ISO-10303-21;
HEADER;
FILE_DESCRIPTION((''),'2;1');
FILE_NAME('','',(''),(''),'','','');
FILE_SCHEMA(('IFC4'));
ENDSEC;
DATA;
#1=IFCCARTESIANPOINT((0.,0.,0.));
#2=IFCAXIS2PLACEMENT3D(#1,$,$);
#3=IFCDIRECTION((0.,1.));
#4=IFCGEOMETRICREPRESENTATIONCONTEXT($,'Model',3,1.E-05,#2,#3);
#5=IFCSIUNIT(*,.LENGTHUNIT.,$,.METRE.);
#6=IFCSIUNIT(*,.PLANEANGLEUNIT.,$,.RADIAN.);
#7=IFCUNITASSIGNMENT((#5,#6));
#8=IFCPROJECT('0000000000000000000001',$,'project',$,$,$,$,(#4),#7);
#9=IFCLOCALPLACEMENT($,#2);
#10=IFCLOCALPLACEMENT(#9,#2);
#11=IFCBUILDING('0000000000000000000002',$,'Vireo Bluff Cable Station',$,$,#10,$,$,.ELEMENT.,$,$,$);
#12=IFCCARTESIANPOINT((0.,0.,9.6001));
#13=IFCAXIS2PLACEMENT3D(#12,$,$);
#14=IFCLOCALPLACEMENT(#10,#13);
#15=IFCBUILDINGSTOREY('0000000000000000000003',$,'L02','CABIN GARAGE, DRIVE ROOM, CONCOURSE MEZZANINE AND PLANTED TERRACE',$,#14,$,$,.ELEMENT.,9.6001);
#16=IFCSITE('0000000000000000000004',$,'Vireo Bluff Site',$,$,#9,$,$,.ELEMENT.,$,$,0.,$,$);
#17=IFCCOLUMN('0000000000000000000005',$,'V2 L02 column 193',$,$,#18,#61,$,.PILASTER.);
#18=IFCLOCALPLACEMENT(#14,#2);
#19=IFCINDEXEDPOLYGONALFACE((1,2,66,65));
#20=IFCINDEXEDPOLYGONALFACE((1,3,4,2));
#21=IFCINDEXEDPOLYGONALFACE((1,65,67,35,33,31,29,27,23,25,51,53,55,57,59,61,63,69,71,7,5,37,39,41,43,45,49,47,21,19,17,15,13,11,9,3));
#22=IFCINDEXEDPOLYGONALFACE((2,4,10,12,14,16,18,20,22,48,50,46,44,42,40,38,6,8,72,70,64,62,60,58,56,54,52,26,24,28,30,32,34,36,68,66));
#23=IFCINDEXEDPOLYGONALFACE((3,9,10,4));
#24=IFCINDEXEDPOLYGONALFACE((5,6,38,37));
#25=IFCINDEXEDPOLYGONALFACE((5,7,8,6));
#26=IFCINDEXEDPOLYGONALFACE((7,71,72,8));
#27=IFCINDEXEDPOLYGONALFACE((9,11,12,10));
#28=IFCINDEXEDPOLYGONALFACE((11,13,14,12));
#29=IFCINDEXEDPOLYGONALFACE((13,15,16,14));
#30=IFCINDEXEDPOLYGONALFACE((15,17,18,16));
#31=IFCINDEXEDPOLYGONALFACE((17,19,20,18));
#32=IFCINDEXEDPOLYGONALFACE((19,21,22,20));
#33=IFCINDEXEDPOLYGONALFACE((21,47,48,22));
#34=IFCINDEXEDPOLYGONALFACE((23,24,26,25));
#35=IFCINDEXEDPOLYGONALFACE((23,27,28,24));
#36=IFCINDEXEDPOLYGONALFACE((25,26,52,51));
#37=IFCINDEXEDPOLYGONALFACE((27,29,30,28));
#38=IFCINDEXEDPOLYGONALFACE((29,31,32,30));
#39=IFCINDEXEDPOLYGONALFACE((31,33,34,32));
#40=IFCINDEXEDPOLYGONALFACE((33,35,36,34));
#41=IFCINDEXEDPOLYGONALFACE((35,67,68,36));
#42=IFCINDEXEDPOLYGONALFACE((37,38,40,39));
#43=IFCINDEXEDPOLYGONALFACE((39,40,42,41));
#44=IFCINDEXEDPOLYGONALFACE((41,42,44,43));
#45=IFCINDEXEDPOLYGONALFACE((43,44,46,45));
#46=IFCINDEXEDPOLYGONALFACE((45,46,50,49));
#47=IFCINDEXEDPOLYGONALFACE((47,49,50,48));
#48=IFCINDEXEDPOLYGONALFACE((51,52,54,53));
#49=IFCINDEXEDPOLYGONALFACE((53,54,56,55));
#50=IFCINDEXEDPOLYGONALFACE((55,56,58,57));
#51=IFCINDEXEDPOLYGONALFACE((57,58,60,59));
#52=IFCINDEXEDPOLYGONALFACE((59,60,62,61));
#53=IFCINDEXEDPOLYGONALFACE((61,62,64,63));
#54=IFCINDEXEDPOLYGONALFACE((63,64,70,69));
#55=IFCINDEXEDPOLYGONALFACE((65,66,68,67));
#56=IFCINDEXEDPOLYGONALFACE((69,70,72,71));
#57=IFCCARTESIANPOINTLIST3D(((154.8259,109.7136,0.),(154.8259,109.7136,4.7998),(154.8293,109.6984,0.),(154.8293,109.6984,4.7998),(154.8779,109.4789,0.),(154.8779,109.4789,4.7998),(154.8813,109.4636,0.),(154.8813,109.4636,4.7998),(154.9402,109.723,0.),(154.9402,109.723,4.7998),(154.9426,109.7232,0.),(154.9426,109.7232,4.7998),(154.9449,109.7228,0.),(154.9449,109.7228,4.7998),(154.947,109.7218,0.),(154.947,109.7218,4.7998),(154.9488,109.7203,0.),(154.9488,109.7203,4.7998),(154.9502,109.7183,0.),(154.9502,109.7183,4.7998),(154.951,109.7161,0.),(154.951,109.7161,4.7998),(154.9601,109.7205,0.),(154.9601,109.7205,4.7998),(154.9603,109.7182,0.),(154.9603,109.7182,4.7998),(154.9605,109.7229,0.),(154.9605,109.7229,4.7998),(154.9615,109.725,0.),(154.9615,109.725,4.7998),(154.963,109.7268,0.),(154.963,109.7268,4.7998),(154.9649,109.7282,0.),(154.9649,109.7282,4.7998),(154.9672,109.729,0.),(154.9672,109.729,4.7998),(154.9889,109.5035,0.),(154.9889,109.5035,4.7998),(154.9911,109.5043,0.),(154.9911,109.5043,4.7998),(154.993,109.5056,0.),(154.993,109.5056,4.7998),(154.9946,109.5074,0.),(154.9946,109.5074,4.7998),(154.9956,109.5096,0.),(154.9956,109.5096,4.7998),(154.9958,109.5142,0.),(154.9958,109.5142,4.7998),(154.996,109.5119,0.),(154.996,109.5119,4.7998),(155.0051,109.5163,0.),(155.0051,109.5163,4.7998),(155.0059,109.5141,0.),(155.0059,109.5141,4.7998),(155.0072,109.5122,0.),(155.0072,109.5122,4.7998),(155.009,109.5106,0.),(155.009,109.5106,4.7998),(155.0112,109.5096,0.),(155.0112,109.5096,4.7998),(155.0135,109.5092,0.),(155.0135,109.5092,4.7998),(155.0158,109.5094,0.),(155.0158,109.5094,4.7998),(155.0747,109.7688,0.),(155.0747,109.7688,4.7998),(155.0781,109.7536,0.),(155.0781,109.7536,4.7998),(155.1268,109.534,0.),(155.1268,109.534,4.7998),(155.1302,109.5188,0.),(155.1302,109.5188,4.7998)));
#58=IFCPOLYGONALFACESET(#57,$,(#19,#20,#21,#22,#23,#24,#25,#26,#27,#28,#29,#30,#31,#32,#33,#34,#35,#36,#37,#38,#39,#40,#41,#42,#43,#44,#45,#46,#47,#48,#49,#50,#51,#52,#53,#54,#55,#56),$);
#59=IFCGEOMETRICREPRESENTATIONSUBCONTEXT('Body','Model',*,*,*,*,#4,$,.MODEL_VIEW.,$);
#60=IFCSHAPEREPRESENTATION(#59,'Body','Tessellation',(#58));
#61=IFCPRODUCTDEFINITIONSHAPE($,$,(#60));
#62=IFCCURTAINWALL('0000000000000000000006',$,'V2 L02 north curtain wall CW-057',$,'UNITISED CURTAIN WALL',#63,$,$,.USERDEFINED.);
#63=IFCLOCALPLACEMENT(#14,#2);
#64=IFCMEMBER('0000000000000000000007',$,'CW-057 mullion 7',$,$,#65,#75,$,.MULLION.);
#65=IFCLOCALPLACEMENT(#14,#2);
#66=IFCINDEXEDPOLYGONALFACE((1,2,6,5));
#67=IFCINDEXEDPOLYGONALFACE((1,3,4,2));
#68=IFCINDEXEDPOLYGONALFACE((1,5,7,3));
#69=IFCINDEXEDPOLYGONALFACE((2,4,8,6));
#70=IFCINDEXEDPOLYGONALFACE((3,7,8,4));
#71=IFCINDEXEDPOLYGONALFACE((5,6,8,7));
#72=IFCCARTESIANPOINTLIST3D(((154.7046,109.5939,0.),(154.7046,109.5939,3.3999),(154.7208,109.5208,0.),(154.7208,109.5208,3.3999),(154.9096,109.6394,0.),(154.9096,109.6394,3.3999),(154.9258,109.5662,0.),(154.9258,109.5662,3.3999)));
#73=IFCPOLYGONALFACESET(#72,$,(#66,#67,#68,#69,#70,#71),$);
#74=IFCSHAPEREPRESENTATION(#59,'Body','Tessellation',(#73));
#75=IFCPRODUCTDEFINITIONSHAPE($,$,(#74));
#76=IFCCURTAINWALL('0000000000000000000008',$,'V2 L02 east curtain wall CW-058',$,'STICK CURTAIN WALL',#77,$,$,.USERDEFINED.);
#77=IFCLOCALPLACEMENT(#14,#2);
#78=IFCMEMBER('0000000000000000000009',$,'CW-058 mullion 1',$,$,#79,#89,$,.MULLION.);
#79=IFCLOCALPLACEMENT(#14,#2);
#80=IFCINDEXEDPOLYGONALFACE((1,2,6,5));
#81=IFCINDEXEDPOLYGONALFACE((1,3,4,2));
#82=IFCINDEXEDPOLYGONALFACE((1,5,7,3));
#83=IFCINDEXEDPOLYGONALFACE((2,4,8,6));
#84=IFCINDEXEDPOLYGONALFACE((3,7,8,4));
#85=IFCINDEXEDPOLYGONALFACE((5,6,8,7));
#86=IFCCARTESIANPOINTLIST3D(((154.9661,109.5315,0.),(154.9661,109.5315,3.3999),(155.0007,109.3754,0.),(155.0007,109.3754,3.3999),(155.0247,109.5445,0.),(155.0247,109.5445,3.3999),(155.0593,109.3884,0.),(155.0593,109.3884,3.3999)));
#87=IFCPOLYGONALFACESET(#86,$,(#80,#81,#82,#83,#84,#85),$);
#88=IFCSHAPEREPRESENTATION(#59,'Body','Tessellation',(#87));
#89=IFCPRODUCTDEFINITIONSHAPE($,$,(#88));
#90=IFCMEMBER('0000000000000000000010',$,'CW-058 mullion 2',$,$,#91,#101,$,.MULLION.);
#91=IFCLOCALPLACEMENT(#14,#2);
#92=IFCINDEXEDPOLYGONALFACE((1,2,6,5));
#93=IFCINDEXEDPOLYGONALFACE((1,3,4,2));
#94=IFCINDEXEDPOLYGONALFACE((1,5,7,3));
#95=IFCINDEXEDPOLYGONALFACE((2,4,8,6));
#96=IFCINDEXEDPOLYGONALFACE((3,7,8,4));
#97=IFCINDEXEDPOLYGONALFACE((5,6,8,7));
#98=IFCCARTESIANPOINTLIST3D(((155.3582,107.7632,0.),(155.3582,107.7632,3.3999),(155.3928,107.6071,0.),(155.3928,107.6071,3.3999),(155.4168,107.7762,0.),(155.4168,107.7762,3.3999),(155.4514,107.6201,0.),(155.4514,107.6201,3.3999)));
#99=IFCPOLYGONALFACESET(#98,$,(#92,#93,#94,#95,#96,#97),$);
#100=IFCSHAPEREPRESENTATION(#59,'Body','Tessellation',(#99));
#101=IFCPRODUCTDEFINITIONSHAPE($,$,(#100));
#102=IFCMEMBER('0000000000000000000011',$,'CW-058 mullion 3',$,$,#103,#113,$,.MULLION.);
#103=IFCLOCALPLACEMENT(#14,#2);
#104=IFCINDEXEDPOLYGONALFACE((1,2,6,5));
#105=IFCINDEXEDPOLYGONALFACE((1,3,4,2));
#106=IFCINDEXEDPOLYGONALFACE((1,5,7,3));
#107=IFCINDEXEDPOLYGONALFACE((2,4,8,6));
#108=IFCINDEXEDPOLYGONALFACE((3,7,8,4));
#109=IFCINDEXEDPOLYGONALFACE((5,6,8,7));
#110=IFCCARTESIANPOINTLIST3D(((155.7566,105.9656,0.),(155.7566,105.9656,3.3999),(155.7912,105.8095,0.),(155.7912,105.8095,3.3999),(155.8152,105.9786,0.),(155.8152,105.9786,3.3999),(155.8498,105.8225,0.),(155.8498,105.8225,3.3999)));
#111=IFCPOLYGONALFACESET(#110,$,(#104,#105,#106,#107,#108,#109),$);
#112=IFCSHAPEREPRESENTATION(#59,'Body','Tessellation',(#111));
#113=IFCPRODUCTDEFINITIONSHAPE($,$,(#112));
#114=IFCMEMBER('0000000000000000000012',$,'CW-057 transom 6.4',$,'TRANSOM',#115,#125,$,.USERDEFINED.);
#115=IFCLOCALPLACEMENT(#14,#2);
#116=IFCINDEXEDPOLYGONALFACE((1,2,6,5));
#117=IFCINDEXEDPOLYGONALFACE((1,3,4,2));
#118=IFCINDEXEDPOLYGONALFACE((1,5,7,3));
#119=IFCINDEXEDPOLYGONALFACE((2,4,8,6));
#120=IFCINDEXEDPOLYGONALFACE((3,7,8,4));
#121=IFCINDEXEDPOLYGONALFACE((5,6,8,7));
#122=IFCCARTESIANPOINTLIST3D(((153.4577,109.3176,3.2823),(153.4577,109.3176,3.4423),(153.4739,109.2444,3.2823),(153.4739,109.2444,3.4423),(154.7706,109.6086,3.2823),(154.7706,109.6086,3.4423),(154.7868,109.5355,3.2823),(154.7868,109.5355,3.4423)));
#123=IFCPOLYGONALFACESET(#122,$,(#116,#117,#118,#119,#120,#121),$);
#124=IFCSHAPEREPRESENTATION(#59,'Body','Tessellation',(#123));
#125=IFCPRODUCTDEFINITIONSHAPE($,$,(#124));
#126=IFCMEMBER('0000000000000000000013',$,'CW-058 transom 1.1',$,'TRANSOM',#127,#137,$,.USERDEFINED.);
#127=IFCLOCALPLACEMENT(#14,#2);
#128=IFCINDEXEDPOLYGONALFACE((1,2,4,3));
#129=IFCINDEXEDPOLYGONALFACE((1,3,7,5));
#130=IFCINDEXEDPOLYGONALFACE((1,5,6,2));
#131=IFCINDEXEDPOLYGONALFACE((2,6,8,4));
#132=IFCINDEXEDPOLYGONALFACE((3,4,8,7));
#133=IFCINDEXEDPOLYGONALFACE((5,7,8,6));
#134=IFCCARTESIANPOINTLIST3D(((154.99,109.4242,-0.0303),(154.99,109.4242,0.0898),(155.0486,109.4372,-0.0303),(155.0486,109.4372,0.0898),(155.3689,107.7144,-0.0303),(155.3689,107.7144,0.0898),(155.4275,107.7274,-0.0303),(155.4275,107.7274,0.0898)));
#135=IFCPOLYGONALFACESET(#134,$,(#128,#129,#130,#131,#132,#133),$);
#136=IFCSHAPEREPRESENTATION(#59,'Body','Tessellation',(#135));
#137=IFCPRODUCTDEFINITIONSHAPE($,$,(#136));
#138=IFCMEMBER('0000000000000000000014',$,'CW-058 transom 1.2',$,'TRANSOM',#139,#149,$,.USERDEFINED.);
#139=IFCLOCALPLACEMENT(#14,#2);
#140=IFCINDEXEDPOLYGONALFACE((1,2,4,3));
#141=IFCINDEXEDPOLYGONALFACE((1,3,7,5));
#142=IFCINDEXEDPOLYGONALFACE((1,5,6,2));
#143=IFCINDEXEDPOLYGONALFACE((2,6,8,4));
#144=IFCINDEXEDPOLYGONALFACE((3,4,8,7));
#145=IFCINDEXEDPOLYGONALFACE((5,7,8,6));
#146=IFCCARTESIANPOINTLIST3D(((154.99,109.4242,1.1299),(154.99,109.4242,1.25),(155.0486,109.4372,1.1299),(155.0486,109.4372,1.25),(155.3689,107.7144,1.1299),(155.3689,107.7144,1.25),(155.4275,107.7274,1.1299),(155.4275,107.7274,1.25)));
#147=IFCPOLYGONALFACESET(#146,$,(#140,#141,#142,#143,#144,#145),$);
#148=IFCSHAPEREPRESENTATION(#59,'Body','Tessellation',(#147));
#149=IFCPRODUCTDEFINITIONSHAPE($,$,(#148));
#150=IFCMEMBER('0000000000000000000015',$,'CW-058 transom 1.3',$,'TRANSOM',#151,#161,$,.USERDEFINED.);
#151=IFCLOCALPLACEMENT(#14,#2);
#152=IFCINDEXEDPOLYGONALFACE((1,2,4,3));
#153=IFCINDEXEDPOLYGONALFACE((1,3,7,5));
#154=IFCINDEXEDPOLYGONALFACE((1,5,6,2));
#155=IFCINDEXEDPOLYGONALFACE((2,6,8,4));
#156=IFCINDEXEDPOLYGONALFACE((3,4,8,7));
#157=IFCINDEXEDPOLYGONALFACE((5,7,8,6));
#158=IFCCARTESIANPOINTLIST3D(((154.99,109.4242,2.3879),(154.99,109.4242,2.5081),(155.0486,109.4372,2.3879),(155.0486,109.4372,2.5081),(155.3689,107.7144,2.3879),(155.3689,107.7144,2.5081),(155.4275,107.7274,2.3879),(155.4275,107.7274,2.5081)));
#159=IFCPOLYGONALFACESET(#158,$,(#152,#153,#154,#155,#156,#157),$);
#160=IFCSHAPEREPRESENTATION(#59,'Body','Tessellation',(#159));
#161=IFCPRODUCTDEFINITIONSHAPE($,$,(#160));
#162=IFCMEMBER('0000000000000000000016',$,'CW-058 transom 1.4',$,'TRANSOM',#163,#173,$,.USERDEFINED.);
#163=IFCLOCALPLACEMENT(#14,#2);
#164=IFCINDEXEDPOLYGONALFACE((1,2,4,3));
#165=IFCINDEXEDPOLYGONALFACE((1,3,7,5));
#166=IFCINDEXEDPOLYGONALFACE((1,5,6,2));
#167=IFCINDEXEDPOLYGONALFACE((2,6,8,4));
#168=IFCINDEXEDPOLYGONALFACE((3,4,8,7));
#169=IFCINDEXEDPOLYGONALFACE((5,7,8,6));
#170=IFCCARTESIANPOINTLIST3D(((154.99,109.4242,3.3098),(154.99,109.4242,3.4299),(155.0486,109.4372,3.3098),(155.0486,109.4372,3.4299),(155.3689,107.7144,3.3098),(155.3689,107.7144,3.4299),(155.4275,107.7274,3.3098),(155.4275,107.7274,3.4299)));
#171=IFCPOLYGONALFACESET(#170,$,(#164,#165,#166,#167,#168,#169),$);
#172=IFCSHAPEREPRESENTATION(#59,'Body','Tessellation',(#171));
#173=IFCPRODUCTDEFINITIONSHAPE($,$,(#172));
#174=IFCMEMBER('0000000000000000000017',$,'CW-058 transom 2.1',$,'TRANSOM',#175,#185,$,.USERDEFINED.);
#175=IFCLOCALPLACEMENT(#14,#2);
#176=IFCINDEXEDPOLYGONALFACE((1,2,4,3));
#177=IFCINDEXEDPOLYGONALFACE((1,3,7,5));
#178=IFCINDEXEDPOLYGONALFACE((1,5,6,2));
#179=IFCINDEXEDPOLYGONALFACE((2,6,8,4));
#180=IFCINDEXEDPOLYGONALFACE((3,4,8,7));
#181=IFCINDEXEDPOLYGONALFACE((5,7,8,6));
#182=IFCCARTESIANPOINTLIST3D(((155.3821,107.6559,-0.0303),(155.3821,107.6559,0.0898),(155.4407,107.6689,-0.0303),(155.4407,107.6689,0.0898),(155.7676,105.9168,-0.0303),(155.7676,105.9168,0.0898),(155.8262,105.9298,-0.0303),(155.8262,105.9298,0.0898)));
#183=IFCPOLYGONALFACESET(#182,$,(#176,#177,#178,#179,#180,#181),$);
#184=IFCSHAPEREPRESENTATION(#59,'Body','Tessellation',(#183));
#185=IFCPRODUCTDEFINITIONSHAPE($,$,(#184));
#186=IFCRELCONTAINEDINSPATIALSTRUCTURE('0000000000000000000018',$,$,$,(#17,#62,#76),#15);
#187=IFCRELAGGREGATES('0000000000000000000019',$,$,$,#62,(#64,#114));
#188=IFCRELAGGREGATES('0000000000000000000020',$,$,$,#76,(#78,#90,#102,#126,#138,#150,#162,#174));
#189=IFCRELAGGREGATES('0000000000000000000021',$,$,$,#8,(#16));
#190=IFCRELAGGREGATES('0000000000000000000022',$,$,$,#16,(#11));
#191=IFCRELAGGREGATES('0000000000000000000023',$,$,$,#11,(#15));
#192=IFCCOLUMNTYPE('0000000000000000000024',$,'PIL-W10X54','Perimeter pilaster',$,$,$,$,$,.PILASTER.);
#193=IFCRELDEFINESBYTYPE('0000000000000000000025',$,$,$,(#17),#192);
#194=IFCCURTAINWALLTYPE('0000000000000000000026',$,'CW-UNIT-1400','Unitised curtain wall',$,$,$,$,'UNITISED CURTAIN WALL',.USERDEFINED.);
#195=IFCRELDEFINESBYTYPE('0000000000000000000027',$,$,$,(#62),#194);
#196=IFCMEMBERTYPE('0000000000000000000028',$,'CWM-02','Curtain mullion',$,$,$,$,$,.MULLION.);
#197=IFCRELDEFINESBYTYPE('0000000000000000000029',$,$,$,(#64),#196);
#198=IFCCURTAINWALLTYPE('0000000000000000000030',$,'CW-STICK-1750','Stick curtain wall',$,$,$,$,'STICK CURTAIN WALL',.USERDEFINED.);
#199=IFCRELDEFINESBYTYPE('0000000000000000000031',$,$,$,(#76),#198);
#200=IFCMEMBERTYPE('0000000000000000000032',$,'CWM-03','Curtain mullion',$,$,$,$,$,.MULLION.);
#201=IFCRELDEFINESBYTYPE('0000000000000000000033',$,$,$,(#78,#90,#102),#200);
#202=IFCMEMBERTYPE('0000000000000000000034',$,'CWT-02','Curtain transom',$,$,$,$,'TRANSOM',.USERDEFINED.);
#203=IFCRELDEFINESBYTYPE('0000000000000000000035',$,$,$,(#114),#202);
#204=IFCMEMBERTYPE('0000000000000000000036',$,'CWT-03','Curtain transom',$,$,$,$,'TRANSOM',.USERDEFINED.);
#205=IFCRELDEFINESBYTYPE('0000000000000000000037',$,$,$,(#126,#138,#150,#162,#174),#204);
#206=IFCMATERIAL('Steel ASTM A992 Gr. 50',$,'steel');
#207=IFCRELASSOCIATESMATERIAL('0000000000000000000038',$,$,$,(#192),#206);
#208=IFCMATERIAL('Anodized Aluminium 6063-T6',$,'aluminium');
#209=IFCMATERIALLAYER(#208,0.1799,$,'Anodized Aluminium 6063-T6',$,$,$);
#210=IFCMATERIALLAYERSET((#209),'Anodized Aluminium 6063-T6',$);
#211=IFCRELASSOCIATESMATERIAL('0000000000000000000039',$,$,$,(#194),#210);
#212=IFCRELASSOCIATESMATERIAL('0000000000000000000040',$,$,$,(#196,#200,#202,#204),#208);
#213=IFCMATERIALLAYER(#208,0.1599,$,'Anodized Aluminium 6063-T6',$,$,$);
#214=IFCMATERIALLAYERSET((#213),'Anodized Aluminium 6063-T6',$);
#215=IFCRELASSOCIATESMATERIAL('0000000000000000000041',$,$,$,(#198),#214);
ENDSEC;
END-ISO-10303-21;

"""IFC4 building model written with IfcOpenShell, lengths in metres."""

from ifc_helpers import new_model, si_unit, direction, frame, origin, origin_2d, place, context, subcontext, project, spatial, rectangle, i_section, extrude, material, layer, layer_set, material_profile, profile_set, type_object, element, aggregate, save


model = new_model("IFC4")

# Units and contexts
model_context = context("Model", 3, precision=1e-05, world=origin(), true_north=direction((0.0, 1.0)))
body_context = subcontext(model_context, "Body", "Model", "MODEL_VIEW")
ifc_project = project(units=[si_unit("LENGTHUNIT", "METRE"), si_unit("PLANEANGLEUNIT", "RADIAN")], contexts=[model_context])

# Site, building, storey
site_placement = place(None, origin())
site = spatial("IfcSite", under=ifc_project, at=site_placement, Name="Vireo Bluff Site", CompositionType="ELEMENT", RefElevation=0.0)
building_placement = place(site_placement, origin())
building = spatial("IfcBuilding", under=site, at=building_placement, Name="Vireo Bluff Cable Station", CompositionType="ELEMENT")
storey_placement = place(building_placement, frame((0.0, 0.0, 9.6001)))
storey = spatial("IfcBuildingStorey", under=building, at=storey_placement, Name="L02", Description="CABIN GARAGE, DRIVE ROOM, CONCOURSE MEZZANINE AND PLANTED TERRACE", CompositionType="ELEMENT", Elevation=9.6001)

# Column
ifc_material_1 = material(Name="Steel ASTM A992 Gr. 50", Category="steel")
ifc_material_profile_1 = material_profile(ifc_material_1, i_section(OverallWidth=0.2549, OverallDepth=0.2561, WebThickness=0.0095, FlangeThickness=0.0156, FilletRadius=0.009, at=origin_2d()), Name="W10X54")
ifc_profile_set_1 = profile_set([ifc_material_profile_1], Name="Steel ASTM A992 Gr. 50")
column_type = type_object("IfcColumnType", Name="PIL-W10X54", Description="Perimeter pilaster", PredefinedType="PILASTER", material=ifc_profile_set_1)
column_placement = place(storey_placement, frame((154.978, 109.6162, 0.0), z_axis=(0.0, 0.0, 1.0), x_axis=(0.976296, 0.21644, 0.0)))
element("IfcColumn", 1, at=column_placement, inside=storey, type_object=column_type, Name="V2 L02 column 193", PredefinedType="PILASTER", context=body_context, shape_type="SweptSolid", body=[
    extrude(i_section(OverallWidth=0.2549, OverallDepth=0.2561, WebThickness=0.0095, FlangeThickness=0.0156, FilletRadius=0.009, at=origin_2d()), origin(), (0.0, 0.0, 1.0), 4.7998),
])

# Curtain wall, member
ifc_material_2 = material(Name="Anodized Aluminium 6063-T6", Category="aluminium")
ifc_layer_1 = layer(ifc_material_2, 0.1799, Name="Anodized Aluminium 6063-T6")
ifc_layer_set_1 = layer_set([ifc_layer_1], Name="Anodized Aluminium 6063-T6")
curtain_wall_type_1 = type_object("IfcCurtainWallType", Name="CW-UNIT-1400", Description="Unitised curtain wall", ElementType="UNITISED CURTAIN WALL", PredefinedType="USERDEFINED", material=ifc_layer_set_1)
curtain_wall_1_placement = place(storey_placement, origin())
curtain_wall_1 = element("IfcCurtainWall", 2, at=curtain_wall_1_placement, inside=storey, type_object=curtain_wall_type_1, Name="V2 L02 north curtain wall CW-057", ObjectType="UNITISED CURTAIN WALL", PredefinedType="USERDEFINED")
ifc_material_profile_2 = material_profile(ifc_material_2, rectangle(XDim=0.075, YDim=0.21, at=origin_2d()), Name="ALU-M-75X210")
ifc_profile_set_2 = profile_set([ifc_material_profile_2], Name="Anodized Aluminium 6063-T6")
member_type_1 = type_object("IfcMemberType", Name="CWM-02", Description="Curtain mullion", PredefinedType="MULLION", material=ifc_profile_set_2)
member_1_placement = place(storey_placement, frame((154.8152, 109.5801, 0.0), z_axis=(0.0, 0.0, 1.0), x_axis=(-0.21644, 0.976296, 0.0)))
member_1 = element("IfcMember", 3, at=member_1_placement, type_object=member_type_1, Name="CW-057 mullion 7", PredefinedType="MULLION", context=body_context, shape_type="SweptSolid", body=[
    extrude(rectangle(XDim=0.075, YDim=0.21, at=origin_2d()), origin(), (0.0, 0.0, 1.0), 3.3999),
])

# Curtain wall, members
ifc_layer_2 = layer(ifc_material_2, 0.1599, Name="Anodized Aluminium 6063-T6")
ifc_layer_set_2 = layer_set([ifc_layer_2], Name="Anodized Aluminium 6063-T6")
curtain_wall_type_2 = type_object("IfcCurtainWallType", Name="CW-STICK-1750", Description="Stick curtain wall", ElementType="STICK CURTAIN WALL", PredefinedType="USERDEFINED", material=ifc_layer_set_2)
curtain_wall_2_placement = place(storey_placement, origin())
curtain_wall_2 = element("IfcCurtainWall", 4, at=curtain_wall_2_placement, inside=storey, type_object=curtain_wall_type_2, Name="V2 L02 east curtain wall CW-058", ObjectType="STICK CURTAIN WALL", PredefinedType="USERDEFINED")
ifc_material_profile_3 = material_profile(ifc_material_2, rectangle(XDim=0.0601, YDim=0.1599, at=origin_2d()), Name="ALU-M-60X160")
ifc_profile_set_3 = profile_set([ifc_material_profile_3], Name="Anodized Aluminium 6063-T6")
member_type_2 = type_object("IfcMemberType", Name="CWM-03", Description="Curtain mullion", PredefinedType="MULLION", material=ifc_profile_set_3)
member_2_placement = place(storey_placement, frame((155.0127, 109.46, 0.0), z_axis=(0.0, 0.0, 1.0), x_axis=(0.976296, 0.21644, 0.0)))
member_2 = element("IfcMember", 5, at=member_2_placement, type_object=member_type_2, Name="CW-058 mullion 1", PredefinedType="MULLION", context=body_context, shape_type="SweptSolid", body=[
    extrude(rectangle(XDim=0.0601, YDim=0.1599, at=origin_2d()), origin(), (0.0, 0.0, 1.0), 3.3999),
])
member_3_placement = place(storey_placement, frame((155.4048, 107.6917, 0.0), z_axis=(0.0, 0.0, 1.0), x_axis=(0.976296, 0.21644, 0.0)))
member_3 = element("IfcMember", 6, at=member_3_placement, type_object=member_type_2, Name="CW-058 mullion 2", PredefinedType="MULLION", context=body_context, shape_type="SweptSolid", body=[
    extrude(rectangle(XDim=0.0601, YDim=0.1599, at=origin_2d()), origin(), (0.0, 0.0, 1.0), 3.3999),
])
member_4_placement = place(storey_placement, frame((155.8032, 105.894, 0.0), z_axis=(0.0, 0.0, 1.0), x_axis=(0.976296, 0.21644, 0.0)))
member_4 = element("IfcMember", 7, at=member_4_placement, type_object=member_type_2, Name="CW-058 mullion 3", PredefinedType="MULLION", context=body_context, shape_type="SweptSolid", body=[
    extrude(rectangle(XDim=0.0601, YDim=0.1599, at=origin_2d()), origin(), (0.0, 0.0, 1.0), 3.3999),
])

# Members
ifc_material_profile_4 = material_profile(ifc_material_2, rectangle(XDim=0.075, YDim=0.1599, at=origin_2d()), Name="ALU-T-75X160")
ifc_profile_set_4 = profile_set([ifc_material_profile_4], Name="Anodized Aluminium 6063-T6")
member_type_3 = type_object("IfcMemberType", Name="CWT-02", Description="Curtain transom", ElementType="TRANSOM", PredefinedType="USERDEFINED", material=ifc_profile_set_4)
member_5_placement = place(storey_placement, frame((153.4658, 109.281, 3.3623), z_axis=(0.976298, 0.216431, 0.0), x_axis=(-0.216431, 0.976298, 0.0)))
member_5 = element("IfcMember", 8, at=member_5_placement, type_object=member_type_3, Name="CW-057 transom 6.4", ObjectType="TRANSOM", PredefinedType="USERDEFINED", context=body_context, shape_type="SweptSolid", body=[
    extrude(rectangle(XDim=0.075, YDim=0.1599, at=origin_2d()), origin(), (0.0, 0.0, 1.0), 1.3447),
])
ifc_material_profile_5 = material_profile(ifc_material_2, rectangle(XDim=0.0601, YDim=0.1201, at=origin_2d()), Name="ALU-T-60X120")
ifc_profile_set_5 = profile_set([ifc_material_profile_5], Name="Anodized Aluminium 6063-T6")
member_type_4 = type_object("IfcMemberType", Name="CWT-03", Description="Curtain transom", ElementType="TRANSOM", PredefinedType="USERDEFINED", material=ifc_profile_set_5)
member_6_placement = place(storey_placement, frame((155.0193, 109.4307, 0.0298), z_axis=(0.216369, -0.976312, 0.0), x_axis=(0.976312, 0.216369, 0.0)))
member_6 = element("IfcMember", 9, at=member_6_placement, type_object=member_type_4, Name="CW-058 transom 1.1", ObjectType="TRANSOM", PredefinedType="USERDEFINED", context=body_context, shape_type="SweptSolid", body=[
    extrude(rectangle(XDim=0.0601, YDim=0.1201, at=origin_2d()), origin(), (0.0, 0.0, 1.0), 1.7512),
])
member_7_placement = place(storey_placement, frame((155.0193, 109.4307, 1.1899), z_axis=(0.216369, -0.976312, 0.0), x_axis=(0.976312, 0.216369, 0.0)))
member_7 = element("IfcMember", 10, at=member_7_placement, type_object=member_type_4, Name="CW-058 transom 1.2", ObjectType="TRANSOM", PredefinedType="USERDEFINED", context=body_context, shape_type="SweptSolid", body=[
    extrude(rectangle(XDim=0.0601, YDim=0.1201, at=origin_2d()), origin(), (0.0, 0.0, 1.0), 1.7512),
])
member_8_placement = place(storey_placement, frame((155.0193, 109.4307, 2.448), z_axis=(0.216369, -0.976312, 0.0), x_axis=(0.976312, 0.216369, 0.0)))
member_8 = element("IfcMember", 11, at=member_8_placement, type_object=member_type_4, Name="CW-058 transom 1.3", ObjectType="TRANSOM", PredefinedType="USERDEFINED", context=body_context, shape_type="SweptSolid", body=[
    extrude(rectangle(XDim=0.0601, YDim=0.1201, at=origin_2d()), origin(), (0.0, 0.0, 1.0), 1.7512),
])
member_9_placement = place(storey_placement, frame((155.0193, 109.4307, 3.3699), z_axis=(0.216369, -0.976312, 0.0), x_axis=(0.976312, 0.216369, 0.0)))
member_9 = element("IfcMember", 12, at=member_9_placement, type_object=member_type_4, Name="CW-058 transom 1.4", ObjectType="TRANSOM", PredefinedType="USERDEFINED", context=body_context, shape_type="SweptSolid", body=[
    extrude(rectangle(XDim=0.0601, YDim=0.1201, at=origin_2d()), origin(), (0.0, 0.0, 1.0), 1.7512),
])
member_10_placement = place(storey_placement, frame((155.4114, 107.6624, 0.0298), z_axis=(0.216422, -0.9763, 0.0), x_axis=(0.9763, 0.216422, 0.0)))
member_10 = element("IfcMember", 13, at=member_10_placement, type_object=member_type_4, Name="CW-058 transom 2.1", ObjectType="TRANSOM", PredefinedType="USERDEFINED", context=body_context, shape_type="SweptSolid", body=[
    extrude(rectangle(XDim=0.0601, YDim=0.1201, at=origin_2d()), origin(), (0.0, 0.0, 1.0), 1.7812),
])

aggregate(curtain_wall_1, [member_1, member_5])
aggregate(curtain_wall_2, [member_2, member_3, member_4, member_6, member_7, member_8, member_9, member_10])

save(model, "model.ifc")
